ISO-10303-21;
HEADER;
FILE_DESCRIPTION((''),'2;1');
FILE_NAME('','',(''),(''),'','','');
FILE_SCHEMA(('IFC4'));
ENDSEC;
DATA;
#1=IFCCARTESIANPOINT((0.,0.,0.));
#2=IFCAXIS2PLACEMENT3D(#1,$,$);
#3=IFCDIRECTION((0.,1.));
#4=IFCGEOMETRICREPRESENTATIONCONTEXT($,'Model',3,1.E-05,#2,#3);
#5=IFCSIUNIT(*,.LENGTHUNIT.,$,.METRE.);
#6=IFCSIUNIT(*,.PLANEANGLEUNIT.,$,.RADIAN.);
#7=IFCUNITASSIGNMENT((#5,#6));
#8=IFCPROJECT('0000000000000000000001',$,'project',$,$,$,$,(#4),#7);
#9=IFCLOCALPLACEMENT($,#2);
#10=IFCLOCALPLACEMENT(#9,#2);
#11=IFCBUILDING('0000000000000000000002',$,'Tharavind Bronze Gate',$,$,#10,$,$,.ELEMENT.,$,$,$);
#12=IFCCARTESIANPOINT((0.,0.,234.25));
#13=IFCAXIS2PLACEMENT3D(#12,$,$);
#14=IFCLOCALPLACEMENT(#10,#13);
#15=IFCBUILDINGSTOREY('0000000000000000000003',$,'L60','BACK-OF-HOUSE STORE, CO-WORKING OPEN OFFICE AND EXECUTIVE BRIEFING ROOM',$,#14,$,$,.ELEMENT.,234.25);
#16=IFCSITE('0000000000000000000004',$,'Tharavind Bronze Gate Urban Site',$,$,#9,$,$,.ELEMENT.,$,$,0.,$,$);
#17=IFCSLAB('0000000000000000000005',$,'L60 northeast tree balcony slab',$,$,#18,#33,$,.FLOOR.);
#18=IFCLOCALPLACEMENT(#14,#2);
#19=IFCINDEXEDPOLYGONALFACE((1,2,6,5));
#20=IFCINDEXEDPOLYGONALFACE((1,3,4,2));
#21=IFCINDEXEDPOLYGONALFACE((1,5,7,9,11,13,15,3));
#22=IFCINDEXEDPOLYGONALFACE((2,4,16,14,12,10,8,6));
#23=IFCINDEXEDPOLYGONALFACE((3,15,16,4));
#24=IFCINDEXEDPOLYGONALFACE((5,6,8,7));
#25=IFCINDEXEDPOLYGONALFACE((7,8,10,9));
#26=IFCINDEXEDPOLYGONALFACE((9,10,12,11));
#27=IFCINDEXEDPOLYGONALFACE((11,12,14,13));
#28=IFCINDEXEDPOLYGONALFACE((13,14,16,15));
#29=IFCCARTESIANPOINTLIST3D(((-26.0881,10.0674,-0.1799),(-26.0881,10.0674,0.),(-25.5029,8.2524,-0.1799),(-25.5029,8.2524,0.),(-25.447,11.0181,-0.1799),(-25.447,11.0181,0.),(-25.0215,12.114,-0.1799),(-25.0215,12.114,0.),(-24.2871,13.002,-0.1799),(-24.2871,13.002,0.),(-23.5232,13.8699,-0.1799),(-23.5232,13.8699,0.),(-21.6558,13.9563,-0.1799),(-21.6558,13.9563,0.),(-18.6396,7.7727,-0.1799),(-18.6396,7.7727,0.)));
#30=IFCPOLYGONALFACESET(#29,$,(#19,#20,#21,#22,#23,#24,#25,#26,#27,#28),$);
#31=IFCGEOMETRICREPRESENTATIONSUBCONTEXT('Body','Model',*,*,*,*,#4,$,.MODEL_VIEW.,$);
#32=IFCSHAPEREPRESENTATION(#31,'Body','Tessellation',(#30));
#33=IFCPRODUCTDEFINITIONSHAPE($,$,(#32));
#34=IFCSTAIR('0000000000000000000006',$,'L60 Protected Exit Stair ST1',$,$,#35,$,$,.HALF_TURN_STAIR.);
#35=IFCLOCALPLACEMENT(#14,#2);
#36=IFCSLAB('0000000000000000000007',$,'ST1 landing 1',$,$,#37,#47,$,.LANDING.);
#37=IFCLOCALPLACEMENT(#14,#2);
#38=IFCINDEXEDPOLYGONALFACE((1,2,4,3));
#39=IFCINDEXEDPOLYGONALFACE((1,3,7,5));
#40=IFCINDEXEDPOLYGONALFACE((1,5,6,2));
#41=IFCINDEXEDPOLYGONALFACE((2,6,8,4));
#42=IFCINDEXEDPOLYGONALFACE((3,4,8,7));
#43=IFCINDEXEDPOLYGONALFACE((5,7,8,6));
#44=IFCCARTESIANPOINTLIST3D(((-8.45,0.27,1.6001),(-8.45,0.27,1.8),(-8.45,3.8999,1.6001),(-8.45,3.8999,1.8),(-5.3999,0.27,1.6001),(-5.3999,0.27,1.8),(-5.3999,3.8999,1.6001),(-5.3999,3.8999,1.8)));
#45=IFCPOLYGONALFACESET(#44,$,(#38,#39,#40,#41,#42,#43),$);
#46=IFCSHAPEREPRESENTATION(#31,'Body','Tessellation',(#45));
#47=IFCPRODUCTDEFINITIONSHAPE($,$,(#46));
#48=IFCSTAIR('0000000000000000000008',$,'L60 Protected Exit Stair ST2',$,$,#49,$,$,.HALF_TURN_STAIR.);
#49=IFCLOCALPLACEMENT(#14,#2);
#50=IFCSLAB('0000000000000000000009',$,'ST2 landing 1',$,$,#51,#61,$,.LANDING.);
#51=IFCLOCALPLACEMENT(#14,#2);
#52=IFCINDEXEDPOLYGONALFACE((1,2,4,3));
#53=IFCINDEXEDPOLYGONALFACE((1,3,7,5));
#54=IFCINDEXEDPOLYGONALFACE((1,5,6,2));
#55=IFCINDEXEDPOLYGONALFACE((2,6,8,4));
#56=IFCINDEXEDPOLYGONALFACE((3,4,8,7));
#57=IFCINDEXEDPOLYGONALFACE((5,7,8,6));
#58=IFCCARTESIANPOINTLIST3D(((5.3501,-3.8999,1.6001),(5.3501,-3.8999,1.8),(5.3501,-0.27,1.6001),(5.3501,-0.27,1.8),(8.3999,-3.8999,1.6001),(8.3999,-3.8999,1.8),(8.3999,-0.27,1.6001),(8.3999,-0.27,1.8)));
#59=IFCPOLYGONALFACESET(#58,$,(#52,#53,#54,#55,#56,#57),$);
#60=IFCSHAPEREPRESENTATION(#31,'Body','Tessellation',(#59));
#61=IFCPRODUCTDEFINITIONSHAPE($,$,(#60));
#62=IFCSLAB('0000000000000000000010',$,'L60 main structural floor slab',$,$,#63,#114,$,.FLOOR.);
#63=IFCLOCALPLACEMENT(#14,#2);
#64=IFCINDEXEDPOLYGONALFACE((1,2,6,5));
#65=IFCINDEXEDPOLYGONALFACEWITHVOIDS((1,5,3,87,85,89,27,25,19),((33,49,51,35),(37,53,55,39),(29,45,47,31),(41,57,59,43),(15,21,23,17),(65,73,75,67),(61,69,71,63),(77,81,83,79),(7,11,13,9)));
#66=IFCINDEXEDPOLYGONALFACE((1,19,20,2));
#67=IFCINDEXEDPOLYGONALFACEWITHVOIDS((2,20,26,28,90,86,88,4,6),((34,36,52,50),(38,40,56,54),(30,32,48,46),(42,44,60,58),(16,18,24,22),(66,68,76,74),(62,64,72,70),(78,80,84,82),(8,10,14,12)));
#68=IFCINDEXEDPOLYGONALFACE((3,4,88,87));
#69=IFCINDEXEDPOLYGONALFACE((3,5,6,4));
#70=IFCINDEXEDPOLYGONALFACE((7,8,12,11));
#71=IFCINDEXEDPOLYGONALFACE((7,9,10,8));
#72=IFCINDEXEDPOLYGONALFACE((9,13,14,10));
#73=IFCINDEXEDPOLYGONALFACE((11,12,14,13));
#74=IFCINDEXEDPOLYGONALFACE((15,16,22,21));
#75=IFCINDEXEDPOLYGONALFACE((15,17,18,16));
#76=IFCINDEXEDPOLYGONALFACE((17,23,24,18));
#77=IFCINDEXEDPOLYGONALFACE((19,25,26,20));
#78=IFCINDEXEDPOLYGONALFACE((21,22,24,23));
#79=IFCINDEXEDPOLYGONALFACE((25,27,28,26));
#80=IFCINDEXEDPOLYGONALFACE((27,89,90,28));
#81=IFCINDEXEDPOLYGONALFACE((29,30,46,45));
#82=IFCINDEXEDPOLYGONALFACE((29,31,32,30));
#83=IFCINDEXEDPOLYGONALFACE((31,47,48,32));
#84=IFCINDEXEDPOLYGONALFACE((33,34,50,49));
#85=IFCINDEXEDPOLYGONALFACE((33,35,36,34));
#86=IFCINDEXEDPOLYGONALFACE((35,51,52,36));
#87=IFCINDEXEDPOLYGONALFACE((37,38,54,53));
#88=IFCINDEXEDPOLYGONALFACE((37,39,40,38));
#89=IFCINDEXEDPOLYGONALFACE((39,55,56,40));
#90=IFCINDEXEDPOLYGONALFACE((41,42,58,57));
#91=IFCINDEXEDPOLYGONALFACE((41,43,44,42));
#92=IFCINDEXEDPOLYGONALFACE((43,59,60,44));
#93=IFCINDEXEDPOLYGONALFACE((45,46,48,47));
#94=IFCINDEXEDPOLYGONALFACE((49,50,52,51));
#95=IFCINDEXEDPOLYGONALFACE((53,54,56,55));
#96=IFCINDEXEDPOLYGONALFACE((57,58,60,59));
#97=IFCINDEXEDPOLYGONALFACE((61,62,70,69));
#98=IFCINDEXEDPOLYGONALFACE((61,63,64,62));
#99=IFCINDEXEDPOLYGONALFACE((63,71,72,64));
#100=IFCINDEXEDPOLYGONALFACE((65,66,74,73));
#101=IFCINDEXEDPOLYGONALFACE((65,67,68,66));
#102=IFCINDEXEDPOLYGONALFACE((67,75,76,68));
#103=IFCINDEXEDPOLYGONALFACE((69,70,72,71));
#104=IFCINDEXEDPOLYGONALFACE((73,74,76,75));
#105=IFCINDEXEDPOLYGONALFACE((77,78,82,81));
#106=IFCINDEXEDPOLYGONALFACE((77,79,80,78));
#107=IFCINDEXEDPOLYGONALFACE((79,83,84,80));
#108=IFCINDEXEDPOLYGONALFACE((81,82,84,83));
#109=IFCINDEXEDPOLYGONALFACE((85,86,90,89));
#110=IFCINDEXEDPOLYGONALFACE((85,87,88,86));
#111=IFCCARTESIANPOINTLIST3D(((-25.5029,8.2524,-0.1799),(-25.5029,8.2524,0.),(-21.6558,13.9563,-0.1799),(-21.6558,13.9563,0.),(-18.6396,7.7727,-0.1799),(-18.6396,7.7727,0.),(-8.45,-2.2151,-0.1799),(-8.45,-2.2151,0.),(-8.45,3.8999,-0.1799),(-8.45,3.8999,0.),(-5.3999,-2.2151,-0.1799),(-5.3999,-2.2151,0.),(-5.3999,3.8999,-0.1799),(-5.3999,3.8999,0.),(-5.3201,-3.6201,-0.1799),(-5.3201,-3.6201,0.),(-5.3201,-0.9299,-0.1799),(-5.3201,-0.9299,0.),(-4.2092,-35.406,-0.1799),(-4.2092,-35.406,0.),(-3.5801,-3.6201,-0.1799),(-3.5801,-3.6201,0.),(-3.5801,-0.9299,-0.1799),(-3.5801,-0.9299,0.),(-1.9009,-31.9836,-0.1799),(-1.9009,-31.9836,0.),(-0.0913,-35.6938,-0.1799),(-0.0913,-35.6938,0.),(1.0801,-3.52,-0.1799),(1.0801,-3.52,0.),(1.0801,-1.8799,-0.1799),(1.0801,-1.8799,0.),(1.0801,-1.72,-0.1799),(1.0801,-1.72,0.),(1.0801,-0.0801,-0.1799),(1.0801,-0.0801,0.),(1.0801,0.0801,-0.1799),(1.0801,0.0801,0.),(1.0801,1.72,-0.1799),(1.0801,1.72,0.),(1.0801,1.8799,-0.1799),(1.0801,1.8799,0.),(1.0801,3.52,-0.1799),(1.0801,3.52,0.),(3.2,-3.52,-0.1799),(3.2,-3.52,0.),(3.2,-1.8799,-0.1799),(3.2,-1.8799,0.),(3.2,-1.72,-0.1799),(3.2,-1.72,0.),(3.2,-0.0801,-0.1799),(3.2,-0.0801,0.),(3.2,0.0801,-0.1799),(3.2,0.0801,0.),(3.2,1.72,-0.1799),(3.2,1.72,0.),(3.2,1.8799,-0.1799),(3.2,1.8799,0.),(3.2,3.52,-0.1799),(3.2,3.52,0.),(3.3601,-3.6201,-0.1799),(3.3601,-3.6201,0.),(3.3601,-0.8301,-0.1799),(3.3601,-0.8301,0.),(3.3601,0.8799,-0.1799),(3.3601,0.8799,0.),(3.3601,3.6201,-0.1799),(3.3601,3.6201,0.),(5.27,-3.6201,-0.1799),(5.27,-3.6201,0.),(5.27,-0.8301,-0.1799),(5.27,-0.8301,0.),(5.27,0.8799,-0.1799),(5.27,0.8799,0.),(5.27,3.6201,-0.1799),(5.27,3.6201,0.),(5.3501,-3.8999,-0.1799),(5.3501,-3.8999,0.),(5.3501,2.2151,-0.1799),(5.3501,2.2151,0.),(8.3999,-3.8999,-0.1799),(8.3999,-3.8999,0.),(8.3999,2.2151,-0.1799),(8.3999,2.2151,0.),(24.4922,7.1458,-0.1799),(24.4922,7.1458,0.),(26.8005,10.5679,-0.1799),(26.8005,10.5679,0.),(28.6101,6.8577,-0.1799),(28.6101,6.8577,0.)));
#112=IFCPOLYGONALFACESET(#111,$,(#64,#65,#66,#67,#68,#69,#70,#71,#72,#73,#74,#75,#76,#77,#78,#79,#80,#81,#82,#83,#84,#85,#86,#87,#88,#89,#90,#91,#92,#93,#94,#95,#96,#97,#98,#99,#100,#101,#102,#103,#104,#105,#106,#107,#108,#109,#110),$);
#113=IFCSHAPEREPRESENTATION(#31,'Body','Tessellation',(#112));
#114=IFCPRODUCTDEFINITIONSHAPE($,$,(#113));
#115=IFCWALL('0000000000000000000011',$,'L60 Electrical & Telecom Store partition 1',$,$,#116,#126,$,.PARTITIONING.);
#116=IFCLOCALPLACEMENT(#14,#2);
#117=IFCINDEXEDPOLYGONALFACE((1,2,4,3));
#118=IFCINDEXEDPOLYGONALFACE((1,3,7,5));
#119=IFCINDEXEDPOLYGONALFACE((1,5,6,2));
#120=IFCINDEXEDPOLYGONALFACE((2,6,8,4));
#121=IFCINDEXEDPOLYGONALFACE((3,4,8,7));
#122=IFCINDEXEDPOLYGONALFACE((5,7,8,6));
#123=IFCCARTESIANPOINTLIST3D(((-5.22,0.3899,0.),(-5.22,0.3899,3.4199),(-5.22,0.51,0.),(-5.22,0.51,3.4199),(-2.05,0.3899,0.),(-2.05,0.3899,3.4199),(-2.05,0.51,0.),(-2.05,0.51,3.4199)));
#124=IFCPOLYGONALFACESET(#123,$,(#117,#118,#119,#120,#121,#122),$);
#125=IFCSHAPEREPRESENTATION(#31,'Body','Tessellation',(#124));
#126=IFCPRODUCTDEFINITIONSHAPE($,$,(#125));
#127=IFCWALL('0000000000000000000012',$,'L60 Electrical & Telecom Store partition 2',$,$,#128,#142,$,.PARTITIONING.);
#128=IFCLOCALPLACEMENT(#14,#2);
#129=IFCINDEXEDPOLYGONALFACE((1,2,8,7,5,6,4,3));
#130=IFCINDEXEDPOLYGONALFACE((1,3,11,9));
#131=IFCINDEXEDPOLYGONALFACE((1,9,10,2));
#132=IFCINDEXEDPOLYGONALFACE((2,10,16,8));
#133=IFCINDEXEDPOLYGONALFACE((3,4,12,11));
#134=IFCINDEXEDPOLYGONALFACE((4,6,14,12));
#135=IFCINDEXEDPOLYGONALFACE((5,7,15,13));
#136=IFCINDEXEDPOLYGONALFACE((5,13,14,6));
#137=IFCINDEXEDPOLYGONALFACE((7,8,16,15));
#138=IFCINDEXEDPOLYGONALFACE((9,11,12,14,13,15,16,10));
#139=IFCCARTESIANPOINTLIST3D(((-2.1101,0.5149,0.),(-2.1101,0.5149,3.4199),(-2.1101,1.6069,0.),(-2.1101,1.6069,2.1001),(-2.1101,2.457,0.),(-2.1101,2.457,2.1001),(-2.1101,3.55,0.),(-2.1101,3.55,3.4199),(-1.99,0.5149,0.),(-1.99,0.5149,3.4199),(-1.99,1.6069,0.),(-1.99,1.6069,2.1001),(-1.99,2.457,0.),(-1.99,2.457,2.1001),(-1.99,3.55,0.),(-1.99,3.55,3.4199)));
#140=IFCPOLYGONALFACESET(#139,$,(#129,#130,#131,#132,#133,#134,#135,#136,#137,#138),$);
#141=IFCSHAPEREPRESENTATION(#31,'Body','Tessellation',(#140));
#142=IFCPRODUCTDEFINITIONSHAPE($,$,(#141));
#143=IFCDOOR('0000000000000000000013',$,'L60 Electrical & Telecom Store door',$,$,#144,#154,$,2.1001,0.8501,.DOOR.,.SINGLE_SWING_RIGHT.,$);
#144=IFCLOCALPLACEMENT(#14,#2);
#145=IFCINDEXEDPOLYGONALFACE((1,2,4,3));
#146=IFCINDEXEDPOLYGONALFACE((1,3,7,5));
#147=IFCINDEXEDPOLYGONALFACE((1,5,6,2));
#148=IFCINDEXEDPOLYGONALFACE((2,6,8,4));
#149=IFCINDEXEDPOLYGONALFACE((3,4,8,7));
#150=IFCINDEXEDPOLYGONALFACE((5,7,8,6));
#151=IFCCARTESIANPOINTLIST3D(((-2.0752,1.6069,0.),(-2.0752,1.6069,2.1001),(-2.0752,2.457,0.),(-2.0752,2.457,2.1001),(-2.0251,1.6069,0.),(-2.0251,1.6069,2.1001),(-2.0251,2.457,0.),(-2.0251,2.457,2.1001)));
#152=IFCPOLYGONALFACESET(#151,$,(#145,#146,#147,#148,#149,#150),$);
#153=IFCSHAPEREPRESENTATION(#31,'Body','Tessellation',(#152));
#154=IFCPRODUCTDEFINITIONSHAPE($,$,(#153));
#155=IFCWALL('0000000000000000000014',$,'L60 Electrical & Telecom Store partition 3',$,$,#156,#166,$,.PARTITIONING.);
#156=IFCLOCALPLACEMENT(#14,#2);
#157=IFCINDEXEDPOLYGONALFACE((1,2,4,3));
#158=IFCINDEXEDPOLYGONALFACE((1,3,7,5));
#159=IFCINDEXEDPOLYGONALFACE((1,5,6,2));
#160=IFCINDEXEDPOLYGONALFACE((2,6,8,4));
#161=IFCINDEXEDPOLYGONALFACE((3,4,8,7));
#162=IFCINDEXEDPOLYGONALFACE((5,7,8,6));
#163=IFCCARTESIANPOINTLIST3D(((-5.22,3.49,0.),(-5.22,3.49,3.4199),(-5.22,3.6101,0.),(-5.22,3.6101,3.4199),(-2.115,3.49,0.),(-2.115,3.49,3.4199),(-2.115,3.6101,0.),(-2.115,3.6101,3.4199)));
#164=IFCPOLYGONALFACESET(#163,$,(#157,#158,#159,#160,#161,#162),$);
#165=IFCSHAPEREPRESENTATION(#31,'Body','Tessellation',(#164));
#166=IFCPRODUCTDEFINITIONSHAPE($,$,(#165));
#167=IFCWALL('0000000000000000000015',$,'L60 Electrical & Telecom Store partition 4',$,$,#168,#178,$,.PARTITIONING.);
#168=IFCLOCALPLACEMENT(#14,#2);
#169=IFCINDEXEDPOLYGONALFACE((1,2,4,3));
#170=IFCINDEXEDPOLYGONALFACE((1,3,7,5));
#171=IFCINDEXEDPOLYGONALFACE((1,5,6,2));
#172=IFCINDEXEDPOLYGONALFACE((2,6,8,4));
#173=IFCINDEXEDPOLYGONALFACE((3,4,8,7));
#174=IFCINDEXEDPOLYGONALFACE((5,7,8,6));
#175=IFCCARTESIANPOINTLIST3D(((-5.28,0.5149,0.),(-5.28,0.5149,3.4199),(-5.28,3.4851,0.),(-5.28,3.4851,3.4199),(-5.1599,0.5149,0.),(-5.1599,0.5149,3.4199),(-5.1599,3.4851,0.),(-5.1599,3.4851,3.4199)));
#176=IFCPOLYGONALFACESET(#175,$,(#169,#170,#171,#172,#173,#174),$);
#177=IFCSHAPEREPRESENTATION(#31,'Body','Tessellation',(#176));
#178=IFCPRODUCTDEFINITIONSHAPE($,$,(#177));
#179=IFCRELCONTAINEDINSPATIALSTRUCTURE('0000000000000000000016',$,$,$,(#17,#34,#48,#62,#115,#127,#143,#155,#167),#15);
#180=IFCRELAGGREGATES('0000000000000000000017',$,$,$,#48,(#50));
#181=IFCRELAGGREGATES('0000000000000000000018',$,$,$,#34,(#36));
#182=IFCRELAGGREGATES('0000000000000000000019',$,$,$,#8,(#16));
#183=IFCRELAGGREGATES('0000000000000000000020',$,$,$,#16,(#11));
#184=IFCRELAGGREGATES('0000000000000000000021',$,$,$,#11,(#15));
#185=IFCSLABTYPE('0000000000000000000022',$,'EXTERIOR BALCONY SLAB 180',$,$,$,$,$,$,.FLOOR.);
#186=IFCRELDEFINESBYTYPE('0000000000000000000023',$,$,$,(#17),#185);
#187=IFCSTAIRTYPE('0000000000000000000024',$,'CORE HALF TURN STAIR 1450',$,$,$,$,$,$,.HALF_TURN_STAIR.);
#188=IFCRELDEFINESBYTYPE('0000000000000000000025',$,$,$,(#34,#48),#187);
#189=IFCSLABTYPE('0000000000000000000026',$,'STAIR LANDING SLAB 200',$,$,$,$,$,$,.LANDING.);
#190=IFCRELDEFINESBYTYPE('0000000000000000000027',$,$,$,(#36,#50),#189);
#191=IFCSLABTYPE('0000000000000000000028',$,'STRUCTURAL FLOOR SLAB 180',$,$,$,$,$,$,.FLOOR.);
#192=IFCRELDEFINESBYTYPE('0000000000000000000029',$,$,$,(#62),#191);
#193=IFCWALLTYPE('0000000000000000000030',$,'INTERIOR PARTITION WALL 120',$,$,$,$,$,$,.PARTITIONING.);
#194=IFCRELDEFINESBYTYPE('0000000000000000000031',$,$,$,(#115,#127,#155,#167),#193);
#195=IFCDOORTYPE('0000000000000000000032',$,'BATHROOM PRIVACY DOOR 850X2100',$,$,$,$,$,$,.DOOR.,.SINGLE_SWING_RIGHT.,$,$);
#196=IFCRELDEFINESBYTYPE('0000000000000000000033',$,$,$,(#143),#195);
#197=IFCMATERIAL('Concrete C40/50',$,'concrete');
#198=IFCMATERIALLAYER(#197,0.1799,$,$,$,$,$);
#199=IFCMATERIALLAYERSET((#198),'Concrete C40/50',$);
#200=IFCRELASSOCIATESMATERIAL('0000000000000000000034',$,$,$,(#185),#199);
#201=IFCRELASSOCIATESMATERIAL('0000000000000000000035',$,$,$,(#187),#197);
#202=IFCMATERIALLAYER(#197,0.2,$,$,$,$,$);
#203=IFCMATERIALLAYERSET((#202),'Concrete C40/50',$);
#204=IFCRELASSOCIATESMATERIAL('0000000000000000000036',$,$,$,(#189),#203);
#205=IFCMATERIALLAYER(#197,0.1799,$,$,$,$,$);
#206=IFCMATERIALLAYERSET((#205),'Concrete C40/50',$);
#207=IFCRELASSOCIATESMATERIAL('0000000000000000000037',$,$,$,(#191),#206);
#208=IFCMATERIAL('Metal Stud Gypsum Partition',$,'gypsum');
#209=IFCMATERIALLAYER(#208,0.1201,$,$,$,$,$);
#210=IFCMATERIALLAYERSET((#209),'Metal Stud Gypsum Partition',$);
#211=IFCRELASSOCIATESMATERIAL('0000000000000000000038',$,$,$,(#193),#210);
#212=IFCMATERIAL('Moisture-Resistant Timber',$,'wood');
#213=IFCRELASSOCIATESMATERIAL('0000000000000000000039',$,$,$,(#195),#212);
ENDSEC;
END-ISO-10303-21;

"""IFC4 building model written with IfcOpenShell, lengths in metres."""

from ifc_helpers import new_model, si_unit, direction, frame, frame_2d, origin, place, context, subcontext, project, spatial, polyline, rectangle, outline, extrude, material, layer, layer_set, type_object, element, fill, aggregate, save


model = new_model("IFC4")

# Units and contexts
model_context = context("Model", 3, precision=1e-05, world=origin(), true_north=direction((0.0, 1.0)))
body_context = subcontext(model_context, "Body", "Model", "MODEL_VIEW")
ifc_project = project(units=[si_unit("LENGTHUNIT", "METRE"), si_unit("PLANEANGLEUNIT", "RADIAN")], contexts=[model_context])

# Site, building, storey
site_placement = place(None, origin())
site = spatial("IfcSite", under=ifc_project, at=site_placement, Name="Tharavind Bronze Gate Urban Site", CompositionType="ELEMENT", RefElevation=0.0)
building_placement = place(site_placement, origin())
building = spatial("IfcBuilding", under=site, at=building_placement, Name="Tharavind Bronze Gate", CompositionType="ELEMENT")
storey_placement = place(building_placement, frame((0.0, 0.0, 234.25)))
storey = spatial("IfcBuildingStorey", under=building, at=storey_placement, Name="L60", Description="BACK-OF-HOUSE STORE, CO-WORKING OPEN OFFICE AND EXECUTIVE BRIEFING ROOM", CompositionType="ELEMENT", Elevation=234.25)

# Slab
ifc_material_1 = material(Name="Concrete C40/50", Category="concrete")
ifc_layer_1 = layer(ifc_material_1, 0.1799)
ifc_layer_set_1 = layer_set([ifc_layer_1], Name="Concrete C40/50")
slab_type_1 = type_object("IfcSlabType", Name="EXTERIOR BALCONY SLAB 180", PredefinedType="FLOOR", material=ifc_layer_set_1)
slab_1_placement = place(storey_placement, frame((0.0, 0.0, -0.1799)))
element("IfcSlab", 1, at=slab_1_placement, inside=storey, type_object=slab_type_1, Name="L60 northeast tree balcony slab", PredefinedType="FLOOR", context=body_context, shape_type="SweptSolid", body=[
    extrude(outline(polyline([(-23.5232, 13.8699), (-24.2871, 13.002), (-25.0215, 12.114), (-25.447, 11.0181), (-26.0881, 10.0674), (-25.5029, 8.2524), (-18.6396, 7.7727), (-21.6558, 13.9563), (-23.5232, 13.8699)])), origin(), (0.0, 0.0, 1.0), 0.1799),
])

# Stairs, slabs
stair_type = type_object("IfcStairType", Name="CORE HALF TURN STAIR 1450", PredefinedType="HALF_TURN_STAIR", material=ifc_material_1)
stair_1_placement = place(storey_placement, origin())
stair_1 = element("IfcStair", 2, at=stair_1_placement, inside=storey, type_object=stair_type, Name="L60 Protected Exit Stair ST1", PredefinedType="HALF_TURN_STAIR")
ifc_layer_2 = layer(ifc_material_1, 0.2)
ifc_layer_set_2 = layer_set([ifc_layer_2], Name="Concrete C40/50")
slab_type_2 = type_object("IfcSlabType", Name="STAIR LANDING SLAB 200", PredefinedType="LANDING", material=ifc_layer_set_2)
slab_2_placement = place(storey_placement, frame((0.0, 0.0, 1.6001)))
slab_2 = element("IfcSlab", 3, at=slab_2_placement, type_object=slab_type_2, Name="ST1 landing 1", PredefinedType="LANDING", context=body_context, shape_type="SweptSolid", body=[
    extrude(outline(polyline([(-5.3999, 0.27), (-5.3999, 3.8999), (-8.45, 3.8999), (-8.45, 0.27), (-5.3999, 0.27)])), origin(), (0.0, 0.0, 1.0), 0.2),
])
stair_2_placement = place(storey_placement, origin())
stair_2 = element("IfcStair", 4, at=stair_2_placement, inside=storey, type_object=stair_type, Name="L60 Protected Exit Stair ST2", PredefinedType="HALF_TURN_STAIR")
slab_3_placement = place(storey_placement, frame((0.0, 0.0, 1.6001)))
slab_3 = element("IfcSlab", 5, at=slab_3_placement, type_object=slab_type_2, Name="ST2 landing 1", PredefinedType="LANDING", context=body_context, shape_type="SweptSolid", body=[
    extrude(outline(polyline([(5.3501, -0.27), (5.3501, -3.8999), (8.3999, -3.8999), (8.3999, -0.27), (5.3501, -0.27)])), origin(), (0.0, 0.0, 1.0), 0.2),
])
aggregate(stair_2, [slab_3])

# Slab
ifc_layer_3 = layer(ifc_material_1, 0.1799)
ifc_layer_set_3 = layer_set([ifc_layer_3], Name="Concrete C40/50")
slab_type_3 = type_object("IfcSlabType", Name="STRUCTURAL FLOOR SLAB 180", PredefinedType="FLOOR", material=ifc_layer_set_3)
slab_4_placement = place(storey_placement, frame((0.0, 0.0, -0.1799)))
element("IfcSlab", 6, at=slab_4_placement, inside=storey, type_object=slab_type_3, Name="L60 main structural floor slab", PredefinedType="FLOOR", context=body_context, shape_type="SweptSolid", body=[
    extrude(outline(polyline([(-21.6558, 13.9563), (-18.6396, 7.7727), (-25.5029, 8.2524), (-4.2092, -35.406), (-1.9009, -31.9836), (-0.0913, -35.6938), (28.6101, 6.8577), (24.4922, 7.1458), (26.8005, 10.5679), (-21.6558, 13.9563)]), holes=[polyline([(-5.3999, -2.2151), (-5.3999, 3.8999), (-8.45, 3.8999), (-8.45, -2.2151), (-5.3999, -2.2151)]), polyline([(5.3501, 2.2151), (5.3501, -3.8999), (8.3999, -3.8999), (8.3999, 2.2151), (5.3501, 2.2151)]), polyline([(1.0801, -3.52), (3.2, -3.52), (3.2, -1.8799), (1.0801, -1.8799), (1.0801, -3.52)]), polyline([(1.0801, -1.72), (3.2, -1.72), (3.2, -0.0801), (1.0801, -0.0801), (1.0801, -1.72)]), polyline([(1.0801, 0.0801), (3.2, 0.0801), (3.2, 1.72), (1.0801, 1.72), (1.0801, 0.0801)]), polyline([(1.0801, 1.8799), (3.2, 1.8799), (3.2, 3.52), (1.0801, 3.52), (1.0801, 1.8799)]), polyline([(-5.3201, -3.6201), (-3.5801, -3.6201), (-3.5801, -0.9299), (-5.3201, -0.9299), (-5.3201, -3.6201)]), polyline([(3.3601, 0.8799), (5.27, 0.8799), (5.27, 3.6201), (3.3601, 3.6201), (3.3601, 0.8799)]), polyline([(3.3601, -3.6201), (5.27, -3.6201), (5.27, -0.8301), (3.3601, -0.8301), (3.3601, -3.6201)])]), origin(), (0.0, 0.0, 1.0), 0.1799),
])

# Wall
ifc_material_2 = material(Name="Metal Stud Gypsum Partition", Category="gypsum")
ifc_layer_4 = layer(ifc_material_2, 0.1201)
ifc_layer_set_4 = layer_set([ifc_layer_4], Name="Metal Stud Gypsum Partition")
wall_type_1 = type_object("IfcWallType", Name="INTERIOR PARTITION WALL 120", PredefinedType="PARTITIONING", material=ifc_layer_set_4)
wall_1_placement = place(storey_placement, frame((-5.22, 0.45, 0.0), z_axis=(0.0, 0.0, 1.0), x_axis=(1.0, 0.0, 0.0)))
element("IfcWall", 7, at=wall_1_placement, inside=storey, type_object=wall_type_1, Name="L60 Electrical & Telecom Store partition 1", PredefinedType="PARTITIONING", context=body_context, shape_type="SweptSolid", body=[
    extrude(rectangle(XDim=3.1699, YDim=0.1201, at=frame_2d((1.585, 0.0))), origin(), (0.0, 0.0, 1.0), 3.4199),
])

# Wall, opening, door
wall_2_placement = place(storey_placement, frame((-2.05, 0.5149, 0.0), z_axis=(0.0, 0.0, 1.0), x_axis=(0.0, 1.0, 0.0)))
wall_2 = element("IfcWall", 8, at=wall_2_placement, inside=storey, type_object=wall_type_1, Name="L60 Electrical & Telecom Store partition 2", PredefinedType="PARTITIONING", context=body_context, shape_type="SweptSolid", body=[
    extrude(rectangle(XDim=3.0352, YDim=0.1201, at=frame_2d((1.5176, 0.0))), origin(), (0.0, 0.0, 1.0), 3.4199),
])
opening_placement = place(wall_2_placement, frame((1.092, 0.0, 0.0)))
opening = element("IfcOpeningElement", 9, at=opening_placement, cuts=wall_2, PredefinedType="OPENING", context=body_context, shape_type="SweptSolid", body=[
    extrude(rectangle(XDim=0.8501, YDim=2.1001, at=frame_2d((0.425, 1.05))), frame((0.0, 0.0701, 0.0), z_axis=(0.0, -1.0, 0.0), x_axis=(1.0, 0.0, 0.0)), (0.0, 0.0, 1.0), 0.1401),
])
ifc_material_3 = material(Name="Moisture-Resistant Timber", Category="wood")
door_type = type_object("IfcDoorType", Name="BATHROOM PRIVACY DOOR 850X2100", OperationType="SINGLE_SWING_RIGHT", PredefinedType="DOOR", material=ifc_material_3)
door_placement = place(opening_placement, frame((0.8501, 0.0, 0.0), z_axis=(0.0, 0.0, 1.0), x_axis=(-1.0, 0.0, 0.0)))
door = element("IfcDoor", 10, at=door_placement, inside=storey, type_object=door_type, Name="L60 Electrical & Telecom Store door", OperationType="SINGLE_SWING_RIGHT", OverallHeight=2.1001, OverallWidth=0.8501, PredefinedType="DOOR", context=body_context, shape_type="SweptSolid", body=[
    extrude(rectangle(XDim=0.8501, YDim=2.1001, at=frame_2d((0.425, 1.05))), frame((0.0, 0.0249, 0.0), z_axis=(0.0, -1.0, 0.0), x_axis=(1.0, 0.0, 0.0)), (0.0, 0.0, 1.0), 0.05),
])
fill(opening, door)

# Walls
wall_3_placement = place(storey_placement, frame((-2.115, 3.55, 0.0), z_axis=(0.0, 0.0, 1.0), x_axis=(-1.0, 0.0, 0.0)))
element("IfcWall", 11, at=wall_3_placement, inside=storey, type_object=wall_type_1, Name="L60 Electrical & Telecom Store partition 3", PredefinedType="PARTITIONING", context=body_context, shape_type="SweptSolid", body=[
    extrude(rectangle(XDim=3.105, YDim=0.1201, at=frame_2d((1.5525, 0.0))), origin(), (0.0, 0.0, 1.0), 3.4199),
])
wall_4_placement = place(storey_placement, frame((-5.22, 3.4851, 0.0), z_axis=(0.0, 0.0, 1.0), x_axis=(0.0, -1.0, 0.0)))
element("IfcWall", 12, at=wall_4_placement, inside=storey, type_object=wall_type_1, Name="L60 Electrical & Telecom Store partition 4", PredefinedType="PARTITIONING", context=body_context, shape_type="SweptSolid", body=[
    extrude(rectangle(XDim=2.9702, YDim=0.1201, at=frame_2d((1.4851, 0.0))), origin(), (0.0, 0.0, 1.0), 3.4199),
])

aggregate(stair_1, [slab_2])

save(model, "model.ifc")
